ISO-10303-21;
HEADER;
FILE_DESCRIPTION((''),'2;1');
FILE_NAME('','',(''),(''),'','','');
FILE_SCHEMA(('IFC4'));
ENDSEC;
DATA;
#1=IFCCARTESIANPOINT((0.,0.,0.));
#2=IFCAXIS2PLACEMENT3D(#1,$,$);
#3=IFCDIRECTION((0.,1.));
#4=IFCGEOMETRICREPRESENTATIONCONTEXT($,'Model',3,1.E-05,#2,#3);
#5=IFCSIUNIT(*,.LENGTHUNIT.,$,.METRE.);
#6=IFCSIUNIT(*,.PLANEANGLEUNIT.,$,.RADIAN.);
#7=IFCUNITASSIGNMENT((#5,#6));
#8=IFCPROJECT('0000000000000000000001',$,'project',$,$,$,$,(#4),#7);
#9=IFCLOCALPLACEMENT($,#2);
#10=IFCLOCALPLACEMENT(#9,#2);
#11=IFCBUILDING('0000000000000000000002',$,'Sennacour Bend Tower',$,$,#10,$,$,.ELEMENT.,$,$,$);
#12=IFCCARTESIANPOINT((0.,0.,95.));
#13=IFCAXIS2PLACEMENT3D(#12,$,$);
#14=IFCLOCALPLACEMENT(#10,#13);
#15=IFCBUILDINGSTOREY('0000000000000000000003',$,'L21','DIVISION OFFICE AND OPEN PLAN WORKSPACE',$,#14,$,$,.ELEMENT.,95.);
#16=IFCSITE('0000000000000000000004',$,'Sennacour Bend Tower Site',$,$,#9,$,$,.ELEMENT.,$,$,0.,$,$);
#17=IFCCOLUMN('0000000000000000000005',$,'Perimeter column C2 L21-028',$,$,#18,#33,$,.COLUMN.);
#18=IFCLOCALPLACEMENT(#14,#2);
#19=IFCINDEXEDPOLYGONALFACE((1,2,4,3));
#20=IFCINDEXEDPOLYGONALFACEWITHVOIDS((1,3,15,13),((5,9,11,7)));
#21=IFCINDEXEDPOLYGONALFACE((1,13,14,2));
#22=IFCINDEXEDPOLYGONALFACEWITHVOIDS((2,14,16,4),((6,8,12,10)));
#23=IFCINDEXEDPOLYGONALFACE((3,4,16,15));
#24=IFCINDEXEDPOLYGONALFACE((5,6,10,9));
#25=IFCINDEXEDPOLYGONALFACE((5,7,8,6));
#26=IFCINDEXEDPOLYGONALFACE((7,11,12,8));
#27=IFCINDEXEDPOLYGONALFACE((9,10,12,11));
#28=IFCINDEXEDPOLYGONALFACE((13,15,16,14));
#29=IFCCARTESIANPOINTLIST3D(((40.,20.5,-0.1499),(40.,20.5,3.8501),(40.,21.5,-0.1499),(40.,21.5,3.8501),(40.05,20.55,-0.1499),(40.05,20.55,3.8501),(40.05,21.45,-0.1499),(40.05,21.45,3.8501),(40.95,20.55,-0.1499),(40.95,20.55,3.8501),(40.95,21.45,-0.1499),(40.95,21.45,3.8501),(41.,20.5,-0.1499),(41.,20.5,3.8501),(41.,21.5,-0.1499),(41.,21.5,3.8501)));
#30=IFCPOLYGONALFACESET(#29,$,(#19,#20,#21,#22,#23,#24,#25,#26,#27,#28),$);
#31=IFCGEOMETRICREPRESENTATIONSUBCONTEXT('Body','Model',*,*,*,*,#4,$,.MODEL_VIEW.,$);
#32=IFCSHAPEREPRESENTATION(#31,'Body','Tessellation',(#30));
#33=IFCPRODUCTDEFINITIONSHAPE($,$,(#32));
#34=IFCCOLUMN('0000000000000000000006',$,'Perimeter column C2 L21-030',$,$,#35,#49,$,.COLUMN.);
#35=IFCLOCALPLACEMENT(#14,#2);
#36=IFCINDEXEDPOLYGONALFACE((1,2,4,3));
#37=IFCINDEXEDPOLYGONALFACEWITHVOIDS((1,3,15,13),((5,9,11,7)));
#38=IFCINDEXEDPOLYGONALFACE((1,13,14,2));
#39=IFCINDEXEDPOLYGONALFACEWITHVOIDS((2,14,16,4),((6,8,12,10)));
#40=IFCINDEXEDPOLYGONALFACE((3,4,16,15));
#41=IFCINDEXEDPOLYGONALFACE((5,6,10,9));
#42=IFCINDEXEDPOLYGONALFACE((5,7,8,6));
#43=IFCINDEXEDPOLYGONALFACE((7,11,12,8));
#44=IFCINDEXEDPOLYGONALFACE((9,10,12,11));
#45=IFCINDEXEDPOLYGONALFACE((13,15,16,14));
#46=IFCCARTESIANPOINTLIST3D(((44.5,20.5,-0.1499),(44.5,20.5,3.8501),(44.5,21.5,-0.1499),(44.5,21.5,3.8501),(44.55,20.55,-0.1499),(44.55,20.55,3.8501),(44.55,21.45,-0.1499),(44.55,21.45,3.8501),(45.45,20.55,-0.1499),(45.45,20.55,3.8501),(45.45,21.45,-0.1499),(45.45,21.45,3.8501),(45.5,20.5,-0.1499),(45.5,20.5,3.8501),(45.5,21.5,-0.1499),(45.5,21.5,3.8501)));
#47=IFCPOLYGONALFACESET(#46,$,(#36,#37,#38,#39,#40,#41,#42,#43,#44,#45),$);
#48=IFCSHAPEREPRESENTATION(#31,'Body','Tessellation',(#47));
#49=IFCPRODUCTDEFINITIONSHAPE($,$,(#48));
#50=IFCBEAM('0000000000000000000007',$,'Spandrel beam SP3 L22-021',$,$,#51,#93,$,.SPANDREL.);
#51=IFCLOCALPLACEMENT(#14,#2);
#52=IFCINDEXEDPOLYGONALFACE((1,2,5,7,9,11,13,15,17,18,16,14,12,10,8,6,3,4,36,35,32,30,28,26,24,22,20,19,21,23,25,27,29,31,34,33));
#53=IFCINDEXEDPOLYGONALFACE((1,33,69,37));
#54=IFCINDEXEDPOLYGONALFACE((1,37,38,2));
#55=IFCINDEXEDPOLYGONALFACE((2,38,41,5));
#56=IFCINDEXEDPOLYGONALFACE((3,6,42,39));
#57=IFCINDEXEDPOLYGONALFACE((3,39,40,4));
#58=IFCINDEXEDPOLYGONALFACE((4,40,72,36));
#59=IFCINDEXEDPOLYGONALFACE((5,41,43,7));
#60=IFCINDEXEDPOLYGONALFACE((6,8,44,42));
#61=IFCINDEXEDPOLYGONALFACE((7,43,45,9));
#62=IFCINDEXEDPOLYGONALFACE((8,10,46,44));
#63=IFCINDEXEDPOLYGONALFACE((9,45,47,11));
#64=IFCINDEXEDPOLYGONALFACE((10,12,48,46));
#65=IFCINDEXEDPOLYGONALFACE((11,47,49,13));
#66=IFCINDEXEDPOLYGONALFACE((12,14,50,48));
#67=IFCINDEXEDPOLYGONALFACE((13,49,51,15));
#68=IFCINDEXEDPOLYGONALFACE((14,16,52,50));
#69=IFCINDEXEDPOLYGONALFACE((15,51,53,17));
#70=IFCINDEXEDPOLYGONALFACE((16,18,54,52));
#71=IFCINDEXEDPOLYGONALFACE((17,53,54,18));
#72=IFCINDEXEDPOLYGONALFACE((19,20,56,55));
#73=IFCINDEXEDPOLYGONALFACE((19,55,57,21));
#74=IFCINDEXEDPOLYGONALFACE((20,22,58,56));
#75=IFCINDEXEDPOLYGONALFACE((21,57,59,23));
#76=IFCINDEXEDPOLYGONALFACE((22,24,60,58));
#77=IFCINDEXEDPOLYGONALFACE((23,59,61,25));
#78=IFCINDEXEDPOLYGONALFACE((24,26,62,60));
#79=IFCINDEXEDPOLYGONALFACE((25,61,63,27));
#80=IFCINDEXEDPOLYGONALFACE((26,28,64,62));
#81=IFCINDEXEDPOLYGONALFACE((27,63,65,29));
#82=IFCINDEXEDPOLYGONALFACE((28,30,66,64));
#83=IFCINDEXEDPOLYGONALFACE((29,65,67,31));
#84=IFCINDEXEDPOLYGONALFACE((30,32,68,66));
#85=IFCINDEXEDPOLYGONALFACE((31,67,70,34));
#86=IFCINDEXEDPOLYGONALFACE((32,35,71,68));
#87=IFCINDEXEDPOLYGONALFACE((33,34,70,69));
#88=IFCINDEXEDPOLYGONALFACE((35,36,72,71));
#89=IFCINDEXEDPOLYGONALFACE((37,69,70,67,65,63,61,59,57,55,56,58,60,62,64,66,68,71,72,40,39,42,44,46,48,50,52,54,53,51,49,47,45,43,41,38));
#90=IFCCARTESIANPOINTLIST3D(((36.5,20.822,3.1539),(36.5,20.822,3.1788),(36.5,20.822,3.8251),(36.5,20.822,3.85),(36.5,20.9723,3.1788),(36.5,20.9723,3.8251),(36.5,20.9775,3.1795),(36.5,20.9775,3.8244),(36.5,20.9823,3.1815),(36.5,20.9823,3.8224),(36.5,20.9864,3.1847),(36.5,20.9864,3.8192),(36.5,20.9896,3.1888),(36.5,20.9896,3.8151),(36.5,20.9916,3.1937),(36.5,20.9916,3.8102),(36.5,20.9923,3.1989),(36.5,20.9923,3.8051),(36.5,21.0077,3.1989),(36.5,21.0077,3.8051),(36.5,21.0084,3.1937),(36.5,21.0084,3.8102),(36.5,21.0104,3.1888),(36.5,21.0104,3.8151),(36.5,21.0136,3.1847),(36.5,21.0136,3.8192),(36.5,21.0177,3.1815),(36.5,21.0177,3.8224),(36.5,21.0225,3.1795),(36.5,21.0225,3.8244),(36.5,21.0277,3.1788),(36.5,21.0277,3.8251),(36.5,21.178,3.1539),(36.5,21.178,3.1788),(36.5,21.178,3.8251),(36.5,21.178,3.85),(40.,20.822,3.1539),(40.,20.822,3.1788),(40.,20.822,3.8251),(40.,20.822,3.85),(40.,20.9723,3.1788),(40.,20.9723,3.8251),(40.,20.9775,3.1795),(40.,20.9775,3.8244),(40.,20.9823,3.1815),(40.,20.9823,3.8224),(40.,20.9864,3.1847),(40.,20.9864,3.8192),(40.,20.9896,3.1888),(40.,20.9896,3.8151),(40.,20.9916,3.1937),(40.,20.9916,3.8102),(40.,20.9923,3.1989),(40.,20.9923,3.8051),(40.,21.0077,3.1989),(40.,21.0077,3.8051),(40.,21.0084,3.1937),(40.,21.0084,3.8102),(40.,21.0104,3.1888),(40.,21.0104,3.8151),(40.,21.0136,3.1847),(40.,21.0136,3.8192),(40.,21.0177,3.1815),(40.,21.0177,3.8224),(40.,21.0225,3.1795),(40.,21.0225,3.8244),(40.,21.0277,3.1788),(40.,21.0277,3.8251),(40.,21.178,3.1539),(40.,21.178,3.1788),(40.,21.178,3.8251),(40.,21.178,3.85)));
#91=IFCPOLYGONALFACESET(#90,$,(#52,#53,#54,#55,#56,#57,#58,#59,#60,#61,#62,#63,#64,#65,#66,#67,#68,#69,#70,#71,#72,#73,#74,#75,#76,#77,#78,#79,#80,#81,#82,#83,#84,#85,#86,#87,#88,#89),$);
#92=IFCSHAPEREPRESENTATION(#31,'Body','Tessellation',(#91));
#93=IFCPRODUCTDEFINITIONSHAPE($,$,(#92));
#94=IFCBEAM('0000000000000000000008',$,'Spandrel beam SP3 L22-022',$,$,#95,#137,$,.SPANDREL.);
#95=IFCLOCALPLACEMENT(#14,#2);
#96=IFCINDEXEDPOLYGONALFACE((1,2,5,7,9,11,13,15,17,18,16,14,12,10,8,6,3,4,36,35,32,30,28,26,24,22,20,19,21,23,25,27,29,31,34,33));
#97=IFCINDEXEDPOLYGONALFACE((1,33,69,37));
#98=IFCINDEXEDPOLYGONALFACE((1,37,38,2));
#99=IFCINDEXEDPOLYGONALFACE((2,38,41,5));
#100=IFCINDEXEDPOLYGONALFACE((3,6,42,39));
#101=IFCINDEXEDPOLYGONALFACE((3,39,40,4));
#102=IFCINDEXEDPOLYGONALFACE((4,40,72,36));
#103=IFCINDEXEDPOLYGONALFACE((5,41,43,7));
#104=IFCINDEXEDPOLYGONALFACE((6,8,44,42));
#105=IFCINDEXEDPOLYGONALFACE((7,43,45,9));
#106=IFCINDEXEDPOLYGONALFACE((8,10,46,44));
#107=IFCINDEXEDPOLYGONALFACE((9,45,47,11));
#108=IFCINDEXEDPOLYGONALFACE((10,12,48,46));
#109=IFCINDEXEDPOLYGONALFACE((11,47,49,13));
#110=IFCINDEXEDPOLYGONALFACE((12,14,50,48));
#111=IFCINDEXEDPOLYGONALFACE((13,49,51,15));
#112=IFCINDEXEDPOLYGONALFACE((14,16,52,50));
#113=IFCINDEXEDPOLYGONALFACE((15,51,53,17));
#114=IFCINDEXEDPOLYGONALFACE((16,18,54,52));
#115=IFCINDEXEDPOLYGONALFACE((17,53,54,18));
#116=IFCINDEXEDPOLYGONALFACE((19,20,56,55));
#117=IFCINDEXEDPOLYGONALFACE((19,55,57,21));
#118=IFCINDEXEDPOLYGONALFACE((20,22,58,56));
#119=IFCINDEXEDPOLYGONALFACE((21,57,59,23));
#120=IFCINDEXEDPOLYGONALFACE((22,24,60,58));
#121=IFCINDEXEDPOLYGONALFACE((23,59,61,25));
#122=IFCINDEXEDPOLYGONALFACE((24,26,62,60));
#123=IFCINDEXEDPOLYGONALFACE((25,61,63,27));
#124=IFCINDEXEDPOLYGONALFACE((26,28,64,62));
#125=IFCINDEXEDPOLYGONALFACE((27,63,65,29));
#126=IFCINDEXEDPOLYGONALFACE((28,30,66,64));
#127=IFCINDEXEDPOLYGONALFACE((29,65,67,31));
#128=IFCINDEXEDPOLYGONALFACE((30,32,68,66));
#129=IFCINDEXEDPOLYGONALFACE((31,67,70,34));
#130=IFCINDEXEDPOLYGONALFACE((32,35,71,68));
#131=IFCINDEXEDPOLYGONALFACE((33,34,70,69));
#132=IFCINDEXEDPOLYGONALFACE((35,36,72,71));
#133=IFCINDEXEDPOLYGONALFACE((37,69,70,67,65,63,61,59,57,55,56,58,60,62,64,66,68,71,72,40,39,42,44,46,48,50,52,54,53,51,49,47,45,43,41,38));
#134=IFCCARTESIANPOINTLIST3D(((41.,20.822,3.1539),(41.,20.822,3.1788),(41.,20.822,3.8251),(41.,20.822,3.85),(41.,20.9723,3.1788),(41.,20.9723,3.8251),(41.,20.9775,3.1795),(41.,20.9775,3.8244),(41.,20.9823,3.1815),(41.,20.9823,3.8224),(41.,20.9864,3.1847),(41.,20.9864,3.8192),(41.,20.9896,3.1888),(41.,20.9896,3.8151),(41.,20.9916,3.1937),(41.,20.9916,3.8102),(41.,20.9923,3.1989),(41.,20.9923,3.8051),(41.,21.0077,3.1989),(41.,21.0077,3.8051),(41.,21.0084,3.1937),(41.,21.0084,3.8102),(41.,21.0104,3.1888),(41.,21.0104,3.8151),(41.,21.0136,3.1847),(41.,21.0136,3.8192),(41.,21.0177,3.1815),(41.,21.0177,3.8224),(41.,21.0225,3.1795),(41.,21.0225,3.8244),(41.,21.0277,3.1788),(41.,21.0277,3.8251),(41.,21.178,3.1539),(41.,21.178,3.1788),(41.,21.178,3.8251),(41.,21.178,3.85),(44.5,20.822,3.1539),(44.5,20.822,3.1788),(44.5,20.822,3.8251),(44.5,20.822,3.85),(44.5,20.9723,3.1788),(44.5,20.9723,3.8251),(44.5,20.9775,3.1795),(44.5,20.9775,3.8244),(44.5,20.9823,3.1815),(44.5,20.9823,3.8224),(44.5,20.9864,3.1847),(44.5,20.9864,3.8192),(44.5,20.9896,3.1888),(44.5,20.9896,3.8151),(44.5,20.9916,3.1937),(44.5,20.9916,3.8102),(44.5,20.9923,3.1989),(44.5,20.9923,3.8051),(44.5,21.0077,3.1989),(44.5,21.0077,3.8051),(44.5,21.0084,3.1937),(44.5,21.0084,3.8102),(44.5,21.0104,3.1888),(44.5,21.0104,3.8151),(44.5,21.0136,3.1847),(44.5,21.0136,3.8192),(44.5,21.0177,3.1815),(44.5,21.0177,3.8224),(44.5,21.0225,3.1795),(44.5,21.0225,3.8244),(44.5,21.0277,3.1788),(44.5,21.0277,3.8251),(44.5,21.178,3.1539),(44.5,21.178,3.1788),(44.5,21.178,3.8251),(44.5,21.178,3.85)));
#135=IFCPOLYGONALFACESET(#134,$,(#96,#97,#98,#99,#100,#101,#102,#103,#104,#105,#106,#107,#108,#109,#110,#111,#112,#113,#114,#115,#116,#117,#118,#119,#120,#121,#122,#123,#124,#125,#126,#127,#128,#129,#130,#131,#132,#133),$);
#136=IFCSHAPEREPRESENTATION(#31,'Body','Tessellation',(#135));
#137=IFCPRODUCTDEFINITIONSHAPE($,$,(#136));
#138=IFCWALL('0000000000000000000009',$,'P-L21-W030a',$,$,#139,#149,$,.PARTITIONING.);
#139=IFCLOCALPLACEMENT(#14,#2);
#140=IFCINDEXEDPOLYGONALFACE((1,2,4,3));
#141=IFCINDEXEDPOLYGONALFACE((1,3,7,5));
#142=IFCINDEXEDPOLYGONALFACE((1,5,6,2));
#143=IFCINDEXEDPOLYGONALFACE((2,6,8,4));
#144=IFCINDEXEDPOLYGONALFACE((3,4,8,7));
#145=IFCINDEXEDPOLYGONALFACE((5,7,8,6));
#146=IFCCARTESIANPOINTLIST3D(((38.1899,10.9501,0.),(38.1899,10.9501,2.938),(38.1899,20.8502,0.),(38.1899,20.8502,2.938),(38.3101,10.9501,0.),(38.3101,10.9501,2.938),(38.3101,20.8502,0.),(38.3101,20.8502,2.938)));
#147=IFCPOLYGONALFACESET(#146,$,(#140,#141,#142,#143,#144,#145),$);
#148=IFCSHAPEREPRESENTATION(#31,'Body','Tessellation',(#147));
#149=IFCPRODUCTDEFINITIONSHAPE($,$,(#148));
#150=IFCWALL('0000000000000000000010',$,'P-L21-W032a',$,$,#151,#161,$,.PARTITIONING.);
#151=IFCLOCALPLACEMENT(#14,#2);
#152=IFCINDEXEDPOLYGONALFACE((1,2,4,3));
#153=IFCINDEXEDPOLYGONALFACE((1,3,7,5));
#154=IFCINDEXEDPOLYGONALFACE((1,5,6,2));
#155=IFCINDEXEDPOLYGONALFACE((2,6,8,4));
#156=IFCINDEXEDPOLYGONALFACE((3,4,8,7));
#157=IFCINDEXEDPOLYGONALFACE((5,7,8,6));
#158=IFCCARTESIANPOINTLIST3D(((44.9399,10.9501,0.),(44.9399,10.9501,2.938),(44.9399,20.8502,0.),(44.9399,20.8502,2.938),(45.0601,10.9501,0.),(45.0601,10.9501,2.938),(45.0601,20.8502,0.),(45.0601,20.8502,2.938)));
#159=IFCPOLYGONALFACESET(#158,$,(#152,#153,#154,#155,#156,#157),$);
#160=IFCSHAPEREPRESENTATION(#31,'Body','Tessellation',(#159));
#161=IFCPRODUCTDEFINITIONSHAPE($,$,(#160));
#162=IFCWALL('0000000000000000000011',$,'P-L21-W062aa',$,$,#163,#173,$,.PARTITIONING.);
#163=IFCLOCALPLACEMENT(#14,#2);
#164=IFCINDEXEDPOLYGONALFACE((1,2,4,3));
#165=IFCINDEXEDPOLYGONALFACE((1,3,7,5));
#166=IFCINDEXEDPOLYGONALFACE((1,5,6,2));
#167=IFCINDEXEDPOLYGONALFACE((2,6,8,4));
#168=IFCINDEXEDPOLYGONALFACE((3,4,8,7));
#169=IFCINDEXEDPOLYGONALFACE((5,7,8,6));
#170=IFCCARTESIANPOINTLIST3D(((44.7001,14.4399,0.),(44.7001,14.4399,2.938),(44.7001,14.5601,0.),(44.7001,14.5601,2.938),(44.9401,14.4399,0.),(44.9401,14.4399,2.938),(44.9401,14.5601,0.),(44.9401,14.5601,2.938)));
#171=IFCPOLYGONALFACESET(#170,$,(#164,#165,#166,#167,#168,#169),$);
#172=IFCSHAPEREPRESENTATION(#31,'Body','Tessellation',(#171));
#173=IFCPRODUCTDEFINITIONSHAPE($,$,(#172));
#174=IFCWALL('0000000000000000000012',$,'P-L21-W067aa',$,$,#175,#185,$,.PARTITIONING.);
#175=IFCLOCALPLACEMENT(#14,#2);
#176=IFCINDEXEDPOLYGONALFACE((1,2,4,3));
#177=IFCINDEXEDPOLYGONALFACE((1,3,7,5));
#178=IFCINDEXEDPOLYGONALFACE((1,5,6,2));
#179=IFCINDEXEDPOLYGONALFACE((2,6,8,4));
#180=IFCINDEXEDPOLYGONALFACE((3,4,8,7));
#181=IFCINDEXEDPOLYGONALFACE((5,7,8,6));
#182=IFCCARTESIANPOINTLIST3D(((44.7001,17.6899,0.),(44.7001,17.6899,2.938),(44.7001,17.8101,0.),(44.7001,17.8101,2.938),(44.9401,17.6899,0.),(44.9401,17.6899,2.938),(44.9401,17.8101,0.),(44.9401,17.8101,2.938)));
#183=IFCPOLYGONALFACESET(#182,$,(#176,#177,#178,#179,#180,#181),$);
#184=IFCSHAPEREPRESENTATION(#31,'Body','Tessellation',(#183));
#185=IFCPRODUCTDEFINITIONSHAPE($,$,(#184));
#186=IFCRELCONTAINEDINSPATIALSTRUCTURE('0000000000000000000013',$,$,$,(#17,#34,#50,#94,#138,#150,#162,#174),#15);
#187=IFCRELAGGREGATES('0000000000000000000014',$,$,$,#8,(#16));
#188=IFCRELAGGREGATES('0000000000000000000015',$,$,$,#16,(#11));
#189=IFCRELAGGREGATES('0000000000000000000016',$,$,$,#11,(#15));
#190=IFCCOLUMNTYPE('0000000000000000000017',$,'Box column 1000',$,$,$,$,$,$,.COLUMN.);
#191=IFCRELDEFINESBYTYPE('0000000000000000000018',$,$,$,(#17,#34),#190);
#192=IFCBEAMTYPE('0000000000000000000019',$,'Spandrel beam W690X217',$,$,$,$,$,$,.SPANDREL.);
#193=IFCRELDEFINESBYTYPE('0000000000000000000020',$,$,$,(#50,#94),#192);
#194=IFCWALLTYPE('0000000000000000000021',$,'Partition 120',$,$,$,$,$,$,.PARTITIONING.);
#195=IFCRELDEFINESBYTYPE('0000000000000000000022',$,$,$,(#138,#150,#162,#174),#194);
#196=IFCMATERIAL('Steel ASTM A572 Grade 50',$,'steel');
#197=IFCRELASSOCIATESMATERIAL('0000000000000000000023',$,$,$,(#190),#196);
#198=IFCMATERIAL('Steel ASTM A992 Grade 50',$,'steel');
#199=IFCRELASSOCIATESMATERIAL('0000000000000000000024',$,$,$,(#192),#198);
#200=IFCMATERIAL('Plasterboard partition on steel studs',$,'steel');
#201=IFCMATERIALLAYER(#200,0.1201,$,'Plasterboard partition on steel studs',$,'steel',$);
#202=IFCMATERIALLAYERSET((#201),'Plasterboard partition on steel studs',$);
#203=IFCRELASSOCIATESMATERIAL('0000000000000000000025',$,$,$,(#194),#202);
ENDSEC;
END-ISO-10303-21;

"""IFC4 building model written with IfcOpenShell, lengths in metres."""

from ifc_helpers import new_model, si_unit, direction, frame, frame_2d, origin, origin_2d, place, context, subcontext, project, spatial, rectangle, hollow_rectangle, i_section, extrude, material, layer, layer_set, material_profile, profile_set, type_object, element, save


model = new_model("IFC4")

# Units and contexts
model_context = context("Model", 3, precision=1e-05, world=origin(), true_north=direction((0.0, 1.0)))
body_context = subcontext(model_context, "Body", "Model", "MODEL_VIEW")
ifc_project = project(units=[si_unit("LENGTHUNIT", "METRE"), si_unit("PLANEANGLEUNIT", "RADIAN")], contexts=[model_context])

# Site, building, storey
site_placement = place(None, origin())
site = spatial("IfcSite", under=ifc_project, at=site_placement, Name="Sennacour Bend Tower Site", CompositionType="ELEMENT", RefElevation=0.0)
building_placement = place(site_placement, origin())
building = spatial("IfcBuilding", under=site, at=building_placement, Name="Sennacour Bend Tower", CompositionType="ELEMENT")
storey_placement = place(building_placement, frame((0.0, 0.0, 95.0)))
storey = spatial("IfcBuildingStorey", under=building, at=storey_placement, Name="L21", Description="DIVISION OFFICE AND OPEN PLAN WORKSPACE", CompositionType="ELEMENT", Elevation=95.0)

# Columns
ifc_material_1 = material(Name="Steel ASTM A572 Grade 50", Category="steel")
ifc_material_profile_1 = material_profile(ifc_material_1, hollow_rectangle(XDim=1.0, YDim=1.0, WallThickness=0.05, at=origin_2d()), Name="Steel ASTM A572 Grade 50", Category="steel")
ifc_profile_set_1 = profile_set([ifc_material_profile_1], Name="Steel ASTM A572 Grade 50")
column_type = type_object("IfcColumnType", Name="Box column 1000", PredefinedType="COLUMN", material=ifc_profile_set_1)
for number, where, z_axis, x_axis, name in (
    (1, (40.5, 21.0, -0.1499), (0.0, 0.0, 1.0), (1.0, 0.0, 0.0), "Perimeter column C2 L21-028"),
    (2, (45.0, 21.0, -0.1499), (0.0, 0.0, 1.0), (1.0, 0.0, 0.0), "Perimeter column C2 L21-030"),
):
    element("IfcColumn", number, at=place(storey_placement, frame(where, z_axis=z_axis, x_axis=x_axis)), inside=storey, type_object=column_type, Name=name, PredefinedType="COLUMN", context=body_context, shape_type="SweptSolid", body=[
        extrude(hollow_rectangle(XDim=1.0, YDim=1.0, WallThickness=0.05, at=origin_2d()), origin(), (0.0, 0.0, 1.0), 4.0),
    ])

# Beams
ifc_material_2 = material(Name="Steel ASTM A992 Grade 50", Category="steel")
ifc_material_profile_2 = material_profile(ifc_material_2, i_section(OverallWidth=0.356, OverallDepth=0.696, WebThickness=0.0154, FlangeThickness=0.0249, FilletRadius=0.02, at=origin_2d()), Name="Steel ASTM A992 Grade 50", Category="steel")
ifc_profile_set_2 = profile_set([ifc_material_profile_2], Name="Steel ASTM A992 Grade 50")
beam_type = type_object("IfcBeamType", Name="Spandrel beam W690X217", PredefinedType="SPANDREL", material=ifc_profile_set_2)
for number, where, z_axis, x_axis, name in (
    (3, (36.5, 21.0, 3.502), (1.0, 0.0, 0.0), (0.0, 1.0, 0.0), "Spandrel beam SP3 L22-021"),
    (4, (41.0, 21.0, 3.502), (1.0, 0.0, 0.0), (0.0, 1.0, 0.0), "Spandrel beam SP3 L22-022"),
):
    element("IfcBeam", number, at=place(storey_placement, frame(where, z_axis=z_axis, x_axis=x_axis)), inside=storey, type_object=beam_type, Name=name, PredefinedType="SPANDREL", context=body_context, shape_type="SweptSolid", body=[
        extrude(i_section(OverallWidth=0.356, OverallDepth=0.696, WebThickness=0.0154, FlangeThickness=0.0249, FilletRadius=0.02, at=origin_2d()), origin(), (0.0, 0.0, 1.0), 3.5),
    ])

# Walls
ifc_material_3 = material(Name="Plasterboard partition on steel studs", Category="steel")
ifc_layer_1 = layer(ifc_material_3, 0.1201, Name="Plasterboard partition on steel studs", Category="steel")
ifc_layer_set_1 = layer_set([ifc_layer_1], Name="Plasterboard partition on steel studs")
wall_type_1 = type_object("IfcWallType", Name="Partition 120", PredefinedType="PARTITIONING", material=ifc_layer_set_1)
for number, where, z_axis, x_axis, name in (
    (5, (38.25, 10.95, 0.0), (0.0, 0.0, 1.0), (0.0, 1.0, 0.0), "P-L21-W030a"),
    (6, (45.0, 10.95, 0.0), (0.0, 0.0, 1.0), (0.0, 1.0, 0.0), "P-L21-W032a"),
):
    element("IfcWall", number, at=place(storey_placement, frame(where, z_axis=z_axis, x_axis=x_axis)), inside=storey, type_object=wall_type_1, Name=name, PredefinedType="PARTITIONING", context=body_context, shape_type="SweptSolid", body=[
        extrude(rectangle(XDim=9.9001, YDim=0.1201, at=frame_2d((4.9502, 0.0))), origin(), (0.0, 0.0, 1.0), 2.938),
    ])
for number, where, z_axis, x_axis, name in (
    (7, (44.7, 14.5, 0.0), (0.0, 0.0, 1.0), (1.0, 0.0, 0.0), "P-L21-W062aa"),
    (8, (44.7, 17.75, 0.0), (0.0, 0.0, 1.0), (1.0, 0.0, 0.0), "P-L21-W067aa"),
):
    element("IfcWall", number, at=place(storey_placement, frame(where, z_axis=z_axis, x_axis=x_axis)), inside=storey, type_object=wall_type_1, Name=name, PredefinedType="PARTITIONING", context=body_context, shape_type="SweptSolid", body=[
        extrude(rectangle(XDim=0.24, YDim=0.1201, at=frame_2d((0.1201, 0.0))), origin(), (0.0, 0.0, 1.0), 2.938),
    ])

save(model, "model.ifc")
